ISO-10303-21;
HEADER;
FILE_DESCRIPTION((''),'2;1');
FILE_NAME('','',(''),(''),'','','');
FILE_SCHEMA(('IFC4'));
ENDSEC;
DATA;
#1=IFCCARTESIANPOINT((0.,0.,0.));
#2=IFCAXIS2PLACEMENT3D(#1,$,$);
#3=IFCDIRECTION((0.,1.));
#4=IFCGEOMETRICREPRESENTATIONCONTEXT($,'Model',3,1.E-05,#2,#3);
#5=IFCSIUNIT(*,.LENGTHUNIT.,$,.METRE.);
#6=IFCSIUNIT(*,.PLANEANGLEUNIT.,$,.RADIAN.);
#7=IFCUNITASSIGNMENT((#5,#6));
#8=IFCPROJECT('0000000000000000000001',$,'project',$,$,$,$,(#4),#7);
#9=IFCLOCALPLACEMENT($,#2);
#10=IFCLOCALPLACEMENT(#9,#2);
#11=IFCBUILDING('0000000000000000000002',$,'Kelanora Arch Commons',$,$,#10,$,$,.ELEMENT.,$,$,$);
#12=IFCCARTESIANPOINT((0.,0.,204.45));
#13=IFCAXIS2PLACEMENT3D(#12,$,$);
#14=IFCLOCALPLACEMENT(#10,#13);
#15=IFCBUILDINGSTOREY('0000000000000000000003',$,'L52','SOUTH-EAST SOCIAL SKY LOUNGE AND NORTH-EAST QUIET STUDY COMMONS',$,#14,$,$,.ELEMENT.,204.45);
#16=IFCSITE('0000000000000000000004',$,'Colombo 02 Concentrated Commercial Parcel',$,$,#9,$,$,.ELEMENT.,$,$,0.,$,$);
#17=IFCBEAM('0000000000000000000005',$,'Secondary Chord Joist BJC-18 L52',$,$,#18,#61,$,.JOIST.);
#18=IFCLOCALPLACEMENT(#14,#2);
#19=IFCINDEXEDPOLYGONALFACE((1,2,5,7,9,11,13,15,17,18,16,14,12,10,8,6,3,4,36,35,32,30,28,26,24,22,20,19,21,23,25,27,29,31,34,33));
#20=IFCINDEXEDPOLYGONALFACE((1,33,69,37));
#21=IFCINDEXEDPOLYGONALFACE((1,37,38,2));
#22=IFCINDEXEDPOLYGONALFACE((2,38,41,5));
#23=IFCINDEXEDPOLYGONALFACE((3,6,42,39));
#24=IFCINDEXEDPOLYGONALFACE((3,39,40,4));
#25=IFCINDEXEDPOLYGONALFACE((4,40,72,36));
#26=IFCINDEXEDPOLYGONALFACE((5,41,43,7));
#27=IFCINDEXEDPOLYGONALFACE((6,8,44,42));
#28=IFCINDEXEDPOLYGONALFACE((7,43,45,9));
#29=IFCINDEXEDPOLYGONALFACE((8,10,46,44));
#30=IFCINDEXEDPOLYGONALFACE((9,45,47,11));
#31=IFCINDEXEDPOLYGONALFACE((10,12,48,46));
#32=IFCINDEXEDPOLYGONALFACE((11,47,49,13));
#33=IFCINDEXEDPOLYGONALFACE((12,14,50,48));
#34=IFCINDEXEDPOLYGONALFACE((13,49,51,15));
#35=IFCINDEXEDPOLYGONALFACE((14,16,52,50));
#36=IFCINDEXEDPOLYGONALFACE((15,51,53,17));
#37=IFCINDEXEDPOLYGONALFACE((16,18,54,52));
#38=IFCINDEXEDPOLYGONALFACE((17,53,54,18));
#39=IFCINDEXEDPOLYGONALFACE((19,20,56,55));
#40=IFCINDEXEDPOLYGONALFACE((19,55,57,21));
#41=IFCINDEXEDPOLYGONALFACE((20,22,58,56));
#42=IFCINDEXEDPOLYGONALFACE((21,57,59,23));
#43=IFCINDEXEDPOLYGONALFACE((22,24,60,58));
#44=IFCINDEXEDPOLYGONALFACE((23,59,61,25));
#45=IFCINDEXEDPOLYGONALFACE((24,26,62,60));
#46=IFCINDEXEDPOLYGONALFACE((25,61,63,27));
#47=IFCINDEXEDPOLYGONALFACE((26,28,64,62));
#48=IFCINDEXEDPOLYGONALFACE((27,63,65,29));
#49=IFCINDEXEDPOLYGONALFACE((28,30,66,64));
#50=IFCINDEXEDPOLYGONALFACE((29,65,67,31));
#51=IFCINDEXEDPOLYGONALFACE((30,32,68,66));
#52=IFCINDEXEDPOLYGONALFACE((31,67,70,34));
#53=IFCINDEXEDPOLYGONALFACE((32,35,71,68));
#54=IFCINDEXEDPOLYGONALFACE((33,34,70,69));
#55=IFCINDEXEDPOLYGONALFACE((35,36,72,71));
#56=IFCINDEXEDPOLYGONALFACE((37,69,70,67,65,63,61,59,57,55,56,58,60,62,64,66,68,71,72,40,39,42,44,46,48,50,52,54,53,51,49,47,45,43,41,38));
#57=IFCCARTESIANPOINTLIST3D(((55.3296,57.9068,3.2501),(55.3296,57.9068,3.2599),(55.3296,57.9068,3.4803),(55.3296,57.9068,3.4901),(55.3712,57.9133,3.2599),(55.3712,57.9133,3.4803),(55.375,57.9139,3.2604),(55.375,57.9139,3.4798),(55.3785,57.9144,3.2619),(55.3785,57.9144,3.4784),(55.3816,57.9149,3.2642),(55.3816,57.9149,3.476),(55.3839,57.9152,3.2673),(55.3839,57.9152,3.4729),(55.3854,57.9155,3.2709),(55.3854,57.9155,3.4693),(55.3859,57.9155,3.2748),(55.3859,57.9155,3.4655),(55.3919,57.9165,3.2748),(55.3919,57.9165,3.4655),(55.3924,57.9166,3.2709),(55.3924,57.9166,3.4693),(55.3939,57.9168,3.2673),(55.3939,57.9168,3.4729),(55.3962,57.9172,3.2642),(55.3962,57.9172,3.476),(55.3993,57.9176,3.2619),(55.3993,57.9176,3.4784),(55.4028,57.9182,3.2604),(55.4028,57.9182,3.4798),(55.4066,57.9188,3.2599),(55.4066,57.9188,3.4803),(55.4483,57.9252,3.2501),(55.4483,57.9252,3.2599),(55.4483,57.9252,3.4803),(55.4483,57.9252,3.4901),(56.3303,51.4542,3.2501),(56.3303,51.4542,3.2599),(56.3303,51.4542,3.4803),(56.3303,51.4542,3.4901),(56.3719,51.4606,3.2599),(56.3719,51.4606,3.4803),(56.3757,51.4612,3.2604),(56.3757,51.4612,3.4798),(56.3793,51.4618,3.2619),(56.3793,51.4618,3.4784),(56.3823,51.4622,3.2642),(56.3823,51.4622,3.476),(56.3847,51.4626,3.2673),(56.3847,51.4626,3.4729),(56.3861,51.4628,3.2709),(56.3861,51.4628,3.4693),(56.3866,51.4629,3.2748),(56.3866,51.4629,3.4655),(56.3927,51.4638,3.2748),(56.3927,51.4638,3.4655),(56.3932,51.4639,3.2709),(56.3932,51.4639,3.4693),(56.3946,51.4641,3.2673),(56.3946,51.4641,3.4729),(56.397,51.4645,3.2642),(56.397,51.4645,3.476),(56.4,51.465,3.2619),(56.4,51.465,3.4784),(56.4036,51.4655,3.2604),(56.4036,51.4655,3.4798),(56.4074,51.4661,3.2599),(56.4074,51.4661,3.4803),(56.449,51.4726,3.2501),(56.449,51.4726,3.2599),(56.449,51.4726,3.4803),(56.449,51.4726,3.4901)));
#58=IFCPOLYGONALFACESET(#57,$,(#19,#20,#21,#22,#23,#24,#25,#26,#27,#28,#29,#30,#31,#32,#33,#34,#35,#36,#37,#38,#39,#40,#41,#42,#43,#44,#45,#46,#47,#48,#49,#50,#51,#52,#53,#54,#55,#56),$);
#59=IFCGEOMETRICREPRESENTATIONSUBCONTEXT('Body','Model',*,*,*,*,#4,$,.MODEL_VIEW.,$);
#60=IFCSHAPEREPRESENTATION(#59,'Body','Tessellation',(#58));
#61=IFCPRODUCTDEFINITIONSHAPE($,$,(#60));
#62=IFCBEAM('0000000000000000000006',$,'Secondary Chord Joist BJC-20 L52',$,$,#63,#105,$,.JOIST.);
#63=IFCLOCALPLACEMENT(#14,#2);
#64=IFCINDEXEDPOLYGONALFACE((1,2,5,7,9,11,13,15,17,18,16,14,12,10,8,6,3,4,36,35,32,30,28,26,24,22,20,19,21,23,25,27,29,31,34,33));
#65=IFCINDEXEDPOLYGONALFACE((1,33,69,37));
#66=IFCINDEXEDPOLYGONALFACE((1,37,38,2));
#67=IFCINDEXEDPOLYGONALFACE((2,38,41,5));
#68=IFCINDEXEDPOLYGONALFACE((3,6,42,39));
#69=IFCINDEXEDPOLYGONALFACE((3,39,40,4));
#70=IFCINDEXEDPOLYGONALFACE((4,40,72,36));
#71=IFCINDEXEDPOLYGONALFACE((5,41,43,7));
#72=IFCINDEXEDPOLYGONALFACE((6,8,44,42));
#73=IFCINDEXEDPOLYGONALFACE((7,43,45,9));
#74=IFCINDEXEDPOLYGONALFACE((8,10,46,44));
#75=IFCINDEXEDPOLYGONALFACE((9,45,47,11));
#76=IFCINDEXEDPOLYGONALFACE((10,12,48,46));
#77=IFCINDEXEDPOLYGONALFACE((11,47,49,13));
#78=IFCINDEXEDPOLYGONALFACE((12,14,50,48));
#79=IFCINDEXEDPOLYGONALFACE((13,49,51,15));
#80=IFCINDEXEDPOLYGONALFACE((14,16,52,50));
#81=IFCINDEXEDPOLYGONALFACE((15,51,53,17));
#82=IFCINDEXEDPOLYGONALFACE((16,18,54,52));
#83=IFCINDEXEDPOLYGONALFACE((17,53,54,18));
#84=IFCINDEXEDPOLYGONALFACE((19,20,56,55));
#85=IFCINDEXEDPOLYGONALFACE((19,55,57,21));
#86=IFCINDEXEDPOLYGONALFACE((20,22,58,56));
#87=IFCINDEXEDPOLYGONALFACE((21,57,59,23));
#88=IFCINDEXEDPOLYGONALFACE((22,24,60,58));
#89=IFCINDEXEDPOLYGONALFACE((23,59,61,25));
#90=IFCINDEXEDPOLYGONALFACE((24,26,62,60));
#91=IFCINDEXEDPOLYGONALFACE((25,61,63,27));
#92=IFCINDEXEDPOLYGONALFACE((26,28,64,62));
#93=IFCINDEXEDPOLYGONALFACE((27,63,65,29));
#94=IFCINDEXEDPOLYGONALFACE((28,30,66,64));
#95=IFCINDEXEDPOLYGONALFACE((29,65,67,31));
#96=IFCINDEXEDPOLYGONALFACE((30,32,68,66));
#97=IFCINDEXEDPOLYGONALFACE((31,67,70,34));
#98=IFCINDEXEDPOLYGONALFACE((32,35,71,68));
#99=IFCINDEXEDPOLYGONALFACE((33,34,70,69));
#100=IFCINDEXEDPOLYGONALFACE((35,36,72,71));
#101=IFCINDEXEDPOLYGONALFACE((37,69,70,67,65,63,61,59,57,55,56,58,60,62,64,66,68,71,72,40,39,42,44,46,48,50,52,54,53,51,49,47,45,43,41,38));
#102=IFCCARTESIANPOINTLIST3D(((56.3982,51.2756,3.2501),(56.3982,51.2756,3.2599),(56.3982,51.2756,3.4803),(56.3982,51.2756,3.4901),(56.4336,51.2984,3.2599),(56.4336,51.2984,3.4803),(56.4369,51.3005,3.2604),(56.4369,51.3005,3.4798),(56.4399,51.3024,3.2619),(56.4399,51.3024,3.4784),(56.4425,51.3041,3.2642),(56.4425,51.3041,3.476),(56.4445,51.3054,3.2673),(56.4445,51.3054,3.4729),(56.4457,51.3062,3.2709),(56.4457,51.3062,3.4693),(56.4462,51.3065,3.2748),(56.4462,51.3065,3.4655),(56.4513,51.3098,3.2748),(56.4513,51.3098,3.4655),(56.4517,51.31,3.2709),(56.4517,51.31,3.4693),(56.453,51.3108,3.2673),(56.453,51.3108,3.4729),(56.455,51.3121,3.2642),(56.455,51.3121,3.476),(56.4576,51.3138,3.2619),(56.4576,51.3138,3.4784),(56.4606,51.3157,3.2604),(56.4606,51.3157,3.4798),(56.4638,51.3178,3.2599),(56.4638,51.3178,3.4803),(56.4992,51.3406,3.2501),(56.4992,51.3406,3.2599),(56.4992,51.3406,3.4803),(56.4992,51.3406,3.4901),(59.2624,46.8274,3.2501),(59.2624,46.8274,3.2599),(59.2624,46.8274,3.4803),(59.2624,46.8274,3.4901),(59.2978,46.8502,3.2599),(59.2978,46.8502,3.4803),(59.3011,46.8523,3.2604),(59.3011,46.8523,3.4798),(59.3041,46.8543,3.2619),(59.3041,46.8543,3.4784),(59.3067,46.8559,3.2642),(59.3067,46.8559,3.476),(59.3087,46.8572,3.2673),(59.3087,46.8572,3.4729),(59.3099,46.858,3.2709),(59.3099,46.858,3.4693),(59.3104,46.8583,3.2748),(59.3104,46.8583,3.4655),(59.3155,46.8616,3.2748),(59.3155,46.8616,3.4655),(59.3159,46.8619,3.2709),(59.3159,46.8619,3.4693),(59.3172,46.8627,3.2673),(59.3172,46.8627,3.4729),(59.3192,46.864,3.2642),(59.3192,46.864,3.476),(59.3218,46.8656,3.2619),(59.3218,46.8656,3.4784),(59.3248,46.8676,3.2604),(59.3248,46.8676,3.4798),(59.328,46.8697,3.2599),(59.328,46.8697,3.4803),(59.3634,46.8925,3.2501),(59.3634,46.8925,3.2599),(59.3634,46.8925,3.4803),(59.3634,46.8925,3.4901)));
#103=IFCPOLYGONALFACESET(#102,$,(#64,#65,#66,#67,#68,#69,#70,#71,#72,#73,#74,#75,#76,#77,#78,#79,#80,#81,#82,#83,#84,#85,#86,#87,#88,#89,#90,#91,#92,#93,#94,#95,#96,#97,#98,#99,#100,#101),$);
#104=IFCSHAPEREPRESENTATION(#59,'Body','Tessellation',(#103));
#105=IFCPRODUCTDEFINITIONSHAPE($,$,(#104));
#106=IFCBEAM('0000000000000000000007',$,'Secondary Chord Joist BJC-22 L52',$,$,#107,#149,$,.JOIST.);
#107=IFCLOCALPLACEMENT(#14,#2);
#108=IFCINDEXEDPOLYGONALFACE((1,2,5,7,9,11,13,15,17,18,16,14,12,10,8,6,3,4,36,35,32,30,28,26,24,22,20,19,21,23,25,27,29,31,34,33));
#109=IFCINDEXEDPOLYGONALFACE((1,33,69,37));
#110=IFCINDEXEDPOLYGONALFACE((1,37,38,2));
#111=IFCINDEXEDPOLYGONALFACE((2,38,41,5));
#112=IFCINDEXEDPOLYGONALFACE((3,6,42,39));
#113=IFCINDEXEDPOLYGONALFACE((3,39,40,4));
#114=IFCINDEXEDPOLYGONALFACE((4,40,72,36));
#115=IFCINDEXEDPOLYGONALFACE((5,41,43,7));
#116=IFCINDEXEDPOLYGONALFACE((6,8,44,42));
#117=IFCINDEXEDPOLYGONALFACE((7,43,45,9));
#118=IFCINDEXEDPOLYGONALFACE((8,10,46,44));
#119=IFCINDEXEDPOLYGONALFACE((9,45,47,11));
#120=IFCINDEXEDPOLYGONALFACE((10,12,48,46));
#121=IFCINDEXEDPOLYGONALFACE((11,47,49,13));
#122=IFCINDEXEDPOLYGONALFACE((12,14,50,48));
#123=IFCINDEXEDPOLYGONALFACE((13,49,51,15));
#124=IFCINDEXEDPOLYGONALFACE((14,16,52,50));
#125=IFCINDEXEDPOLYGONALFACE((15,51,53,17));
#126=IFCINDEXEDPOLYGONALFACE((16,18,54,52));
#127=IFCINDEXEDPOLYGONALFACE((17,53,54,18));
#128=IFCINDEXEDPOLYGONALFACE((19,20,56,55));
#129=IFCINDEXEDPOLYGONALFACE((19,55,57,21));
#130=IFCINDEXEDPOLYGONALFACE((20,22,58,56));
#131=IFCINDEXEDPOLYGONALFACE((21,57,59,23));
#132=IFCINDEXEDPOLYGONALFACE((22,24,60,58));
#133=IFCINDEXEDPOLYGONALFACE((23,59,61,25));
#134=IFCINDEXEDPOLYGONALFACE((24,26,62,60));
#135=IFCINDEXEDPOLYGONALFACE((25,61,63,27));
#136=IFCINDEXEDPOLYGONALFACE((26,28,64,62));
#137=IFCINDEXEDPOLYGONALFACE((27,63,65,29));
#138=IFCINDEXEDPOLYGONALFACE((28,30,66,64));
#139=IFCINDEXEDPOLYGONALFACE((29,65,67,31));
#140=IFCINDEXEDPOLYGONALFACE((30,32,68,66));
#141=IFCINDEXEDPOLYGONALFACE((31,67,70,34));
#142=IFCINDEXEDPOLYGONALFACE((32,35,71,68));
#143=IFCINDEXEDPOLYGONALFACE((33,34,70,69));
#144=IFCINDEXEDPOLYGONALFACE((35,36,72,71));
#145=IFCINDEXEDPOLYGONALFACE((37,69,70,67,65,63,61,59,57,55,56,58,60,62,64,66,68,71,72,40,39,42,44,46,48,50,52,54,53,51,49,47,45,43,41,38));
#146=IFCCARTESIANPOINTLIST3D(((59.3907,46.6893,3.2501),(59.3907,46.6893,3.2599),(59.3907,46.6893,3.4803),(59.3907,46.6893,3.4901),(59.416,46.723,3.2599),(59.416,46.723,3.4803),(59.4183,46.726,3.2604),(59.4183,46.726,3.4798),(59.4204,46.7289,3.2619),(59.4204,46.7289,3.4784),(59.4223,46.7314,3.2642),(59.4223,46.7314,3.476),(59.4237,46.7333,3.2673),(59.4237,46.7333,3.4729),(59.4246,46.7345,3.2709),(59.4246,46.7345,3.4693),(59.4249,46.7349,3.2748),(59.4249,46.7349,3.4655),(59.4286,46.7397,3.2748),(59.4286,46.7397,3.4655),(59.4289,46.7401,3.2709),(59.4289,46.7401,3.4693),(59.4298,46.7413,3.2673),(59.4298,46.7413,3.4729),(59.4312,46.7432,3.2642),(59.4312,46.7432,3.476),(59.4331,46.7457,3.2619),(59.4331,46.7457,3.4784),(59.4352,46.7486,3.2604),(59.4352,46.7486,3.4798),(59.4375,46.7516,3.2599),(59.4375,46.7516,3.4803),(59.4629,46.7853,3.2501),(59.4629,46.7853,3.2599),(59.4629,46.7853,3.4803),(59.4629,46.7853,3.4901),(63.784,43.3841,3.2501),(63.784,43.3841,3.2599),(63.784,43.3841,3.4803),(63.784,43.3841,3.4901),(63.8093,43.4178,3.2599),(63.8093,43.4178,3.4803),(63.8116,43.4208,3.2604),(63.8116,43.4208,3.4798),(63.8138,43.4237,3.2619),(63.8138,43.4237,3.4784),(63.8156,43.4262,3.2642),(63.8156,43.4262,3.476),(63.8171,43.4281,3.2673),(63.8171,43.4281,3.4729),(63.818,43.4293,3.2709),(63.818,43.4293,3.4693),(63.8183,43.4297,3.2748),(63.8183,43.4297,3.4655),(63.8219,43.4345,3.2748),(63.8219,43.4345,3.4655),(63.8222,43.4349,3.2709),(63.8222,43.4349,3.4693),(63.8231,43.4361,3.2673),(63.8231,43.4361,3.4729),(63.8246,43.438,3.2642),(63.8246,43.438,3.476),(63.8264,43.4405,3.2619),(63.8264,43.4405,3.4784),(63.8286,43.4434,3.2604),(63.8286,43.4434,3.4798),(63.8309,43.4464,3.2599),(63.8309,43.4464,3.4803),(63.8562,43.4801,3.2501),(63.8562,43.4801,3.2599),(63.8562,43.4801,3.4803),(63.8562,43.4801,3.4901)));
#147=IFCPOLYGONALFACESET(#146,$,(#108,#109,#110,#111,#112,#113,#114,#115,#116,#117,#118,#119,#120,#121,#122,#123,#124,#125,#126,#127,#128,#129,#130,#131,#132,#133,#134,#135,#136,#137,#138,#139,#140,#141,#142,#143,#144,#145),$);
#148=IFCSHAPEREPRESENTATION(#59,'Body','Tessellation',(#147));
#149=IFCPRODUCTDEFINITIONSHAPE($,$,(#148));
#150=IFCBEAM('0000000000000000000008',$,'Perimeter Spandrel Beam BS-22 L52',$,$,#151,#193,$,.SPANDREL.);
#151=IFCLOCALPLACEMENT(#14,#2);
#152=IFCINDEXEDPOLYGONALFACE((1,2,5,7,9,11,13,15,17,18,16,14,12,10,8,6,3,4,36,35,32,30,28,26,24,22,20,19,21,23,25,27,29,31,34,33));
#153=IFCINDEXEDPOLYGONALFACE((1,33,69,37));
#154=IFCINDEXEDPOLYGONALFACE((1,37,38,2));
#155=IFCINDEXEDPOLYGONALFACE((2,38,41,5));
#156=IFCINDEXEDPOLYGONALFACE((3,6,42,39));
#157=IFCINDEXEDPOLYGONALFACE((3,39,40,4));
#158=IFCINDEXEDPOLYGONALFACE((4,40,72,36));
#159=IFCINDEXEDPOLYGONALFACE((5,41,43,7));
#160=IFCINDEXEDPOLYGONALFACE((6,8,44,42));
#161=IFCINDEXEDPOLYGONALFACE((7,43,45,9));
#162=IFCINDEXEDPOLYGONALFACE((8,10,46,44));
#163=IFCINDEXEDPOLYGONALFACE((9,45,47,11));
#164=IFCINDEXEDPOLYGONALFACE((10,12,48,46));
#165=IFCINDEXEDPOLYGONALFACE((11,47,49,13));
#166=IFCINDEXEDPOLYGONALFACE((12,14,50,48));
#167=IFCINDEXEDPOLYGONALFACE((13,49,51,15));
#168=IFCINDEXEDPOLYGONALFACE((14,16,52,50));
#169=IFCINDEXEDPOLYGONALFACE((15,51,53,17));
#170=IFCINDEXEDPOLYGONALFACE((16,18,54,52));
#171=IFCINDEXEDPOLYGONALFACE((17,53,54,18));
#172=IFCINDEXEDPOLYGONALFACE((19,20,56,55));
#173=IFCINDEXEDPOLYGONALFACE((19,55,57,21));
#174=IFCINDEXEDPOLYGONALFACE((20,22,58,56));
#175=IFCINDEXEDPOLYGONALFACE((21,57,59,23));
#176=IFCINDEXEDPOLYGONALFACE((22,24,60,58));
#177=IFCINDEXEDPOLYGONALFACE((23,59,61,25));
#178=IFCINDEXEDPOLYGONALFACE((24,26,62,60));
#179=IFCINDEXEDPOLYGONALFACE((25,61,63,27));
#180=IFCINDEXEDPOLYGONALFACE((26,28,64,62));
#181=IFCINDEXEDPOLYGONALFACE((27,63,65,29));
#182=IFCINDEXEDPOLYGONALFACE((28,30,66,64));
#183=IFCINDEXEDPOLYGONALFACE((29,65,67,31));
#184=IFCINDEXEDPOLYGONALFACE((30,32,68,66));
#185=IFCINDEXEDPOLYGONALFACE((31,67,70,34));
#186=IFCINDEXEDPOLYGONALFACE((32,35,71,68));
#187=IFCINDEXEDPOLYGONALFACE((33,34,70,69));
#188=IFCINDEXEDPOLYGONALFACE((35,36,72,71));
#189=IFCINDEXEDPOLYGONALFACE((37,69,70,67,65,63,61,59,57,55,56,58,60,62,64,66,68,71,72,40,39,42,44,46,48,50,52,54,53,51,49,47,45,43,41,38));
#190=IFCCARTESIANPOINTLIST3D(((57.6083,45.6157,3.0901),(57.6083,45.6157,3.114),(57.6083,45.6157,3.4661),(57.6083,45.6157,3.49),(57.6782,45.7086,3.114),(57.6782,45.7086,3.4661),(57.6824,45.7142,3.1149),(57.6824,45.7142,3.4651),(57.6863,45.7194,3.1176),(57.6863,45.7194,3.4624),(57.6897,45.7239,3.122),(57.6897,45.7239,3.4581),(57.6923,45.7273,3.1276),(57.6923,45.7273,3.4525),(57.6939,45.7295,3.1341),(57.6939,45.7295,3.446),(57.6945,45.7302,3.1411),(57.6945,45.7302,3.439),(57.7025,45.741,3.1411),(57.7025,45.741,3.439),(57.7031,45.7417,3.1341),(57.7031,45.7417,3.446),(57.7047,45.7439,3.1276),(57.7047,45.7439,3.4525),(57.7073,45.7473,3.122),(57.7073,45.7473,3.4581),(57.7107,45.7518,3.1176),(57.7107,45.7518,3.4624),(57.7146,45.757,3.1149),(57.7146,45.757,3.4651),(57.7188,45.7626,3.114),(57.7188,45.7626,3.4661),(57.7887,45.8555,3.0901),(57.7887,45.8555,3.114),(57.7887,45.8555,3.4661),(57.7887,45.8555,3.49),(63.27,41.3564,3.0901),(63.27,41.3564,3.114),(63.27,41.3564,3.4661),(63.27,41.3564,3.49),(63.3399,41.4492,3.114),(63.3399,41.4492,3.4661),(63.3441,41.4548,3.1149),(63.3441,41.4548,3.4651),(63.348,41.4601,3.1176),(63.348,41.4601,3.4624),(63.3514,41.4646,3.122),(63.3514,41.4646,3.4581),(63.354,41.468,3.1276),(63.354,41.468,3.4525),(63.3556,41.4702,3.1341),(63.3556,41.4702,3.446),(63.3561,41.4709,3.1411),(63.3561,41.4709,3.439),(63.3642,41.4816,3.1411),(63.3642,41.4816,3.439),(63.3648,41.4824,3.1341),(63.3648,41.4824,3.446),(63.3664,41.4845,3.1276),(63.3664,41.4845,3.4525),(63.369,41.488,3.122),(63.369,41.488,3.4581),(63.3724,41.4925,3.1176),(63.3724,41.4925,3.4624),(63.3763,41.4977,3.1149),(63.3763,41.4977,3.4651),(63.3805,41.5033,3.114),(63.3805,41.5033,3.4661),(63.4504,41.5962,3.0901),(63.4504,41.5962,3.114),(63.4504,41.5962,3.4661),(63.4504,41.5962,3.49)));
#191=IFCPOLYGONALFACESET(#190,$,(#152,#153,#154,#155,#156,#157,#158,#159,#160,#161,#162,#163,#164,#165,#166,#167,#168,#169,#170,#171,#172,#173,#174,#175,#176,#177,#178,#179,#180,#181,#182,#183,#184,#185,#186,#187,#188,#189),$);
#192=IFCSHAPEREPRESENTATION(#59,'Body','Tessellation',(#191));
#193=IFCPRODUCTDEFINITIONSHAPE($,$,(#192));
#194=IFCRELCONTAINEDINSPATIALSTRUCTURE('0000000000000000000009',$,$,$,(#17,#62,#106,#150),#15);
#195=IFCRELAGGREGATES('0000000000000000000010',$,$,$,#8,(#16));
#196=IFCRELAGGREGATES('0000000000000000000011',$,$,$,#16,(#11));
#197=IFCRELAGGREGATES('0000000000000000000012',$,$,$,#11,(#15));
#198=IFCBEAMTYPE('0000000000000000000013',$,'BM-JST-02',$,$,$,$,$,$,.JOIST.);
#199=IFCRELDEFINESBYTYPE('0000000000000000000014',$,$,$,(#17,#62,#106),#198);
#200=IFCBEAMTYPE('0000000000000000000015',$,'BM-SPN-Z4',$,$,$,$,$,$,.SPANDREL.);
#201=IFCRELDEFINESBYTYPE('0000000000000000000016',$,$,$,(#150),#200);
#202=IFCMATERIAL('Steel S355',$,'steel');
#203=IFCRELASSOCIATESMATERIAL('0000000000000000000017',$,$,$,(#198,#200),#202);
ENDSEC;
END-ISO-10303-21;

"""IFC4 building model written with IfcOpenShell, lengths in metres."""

from ifc_helpers import new_model, si_unit, direction, frame, origin, origin_2d, place, context, subcontext, project, spatial, i_section, extrude, material, material_profile, profile_set, type_object, element, save


model = new_model("IFC4")

# Units and contexts
model_context = context("Model", 3, precision=1e-05, world=origin(), true_north=direction((0.0, 1.0)))
body_context = subcontext(model_context, "Body", "Model", "MODEL_VIEW")
ifc_project = project(units=[si_unit("LENGTHUNIT", "METRE"), si_unit("PLANEANGLEUNIT", "RADIAN")], contexts=[model_context])

# Site, building, storey
site_placement = place(None, origin())
site = spatial("IfcSite", under=ifc_project, at=site_placement, Name="Colombo 02 Concentrated Commercial Parcel", CompositionType="ELEMENT", RefElevation=0.0)
building_placement = place(site_placement, origin())
building = spatial("IfcBuilding", under=site, at=building_placement, Name="Kelanora Arch Commons", CompositionType="ELEMENT")
storey_placement = place(building_placement, frame((0.0, 0.0, 204.45)))
storey = spatial("IfcBuildingStorey", under=building, at=storey_placement, Name="L52", Description="SOUTH-EAST SOCIAL SKY LOUNGE AND NORTH-EAST QUIET STUDY COMMONS", CompositionType="ELEMENT", Elevation=204.45)

# Beams
ifc_material_1 = material(Name="Steel S355", Category="steel")
ifc_material_profile_1 = material_profile(ifc_material_1, i_section(OverallWidth=0.1201, OverallDepth=0.24, WebThickness=0.0061, FlangeThickness=0.0098, FilletRadius=0.0149, at=origin_2d()), Name="IPE240")
ifc_profile_set_1 = profile_set([ifc_material_profile_1], Name="Steel S355")
beam_type_1 = type_object("IfcBeamType", Name="BM-JST-02", PredefinedType="JOIST", material=ifc_profile_set_1)
beam_1_placement = place(storey_placement, frame((55.3889, 57.916, 3.3701), z_axis=(0.153257, -0.988186, 0.0), x_axis=(0.988186, 0.153257, 0.0)))
element("IfcBeam", 1, at=beam_1_placement, inside=storey, type_object=beam_type_1, Name="Secondary Chord Joist BJC-18 L52", PredefinedType="JOIST", context=body_context, shape_type="SweptSolid", body=[
    extrude(i_section(OverallWidth=0.1201, OverallDepth=0.24, WebThickness=0.0061, FlangeThickness=0.0098, FilletRadius=0.0149, at=origin_2d()), origin(), (0.0, 0.0, 1.0), 6.5298),
])
beam_2_placement = place(storey_placement, frame((56.4487, 51.3081, 3.3701), z_axis=(0.541382, -0.840776, 0.0), x_axis=(0.840776, 0.541382, 0.0)))
element("IfcBeam", 2, at=beam_2_placement, inside=storey, type_object=beam_type_1, Name="Secondary Chord Joist BJC-20 L52", PredefinedType="JOIST", context=body_context, shape_type="SweptSolid", body=[
    extrude(i_section(OverallWidth=0.1201, OverallDepth=0.24, WebThickness=0.0061, FlangeThickness=0.0098, FilletRadius=0.0149, at=origin_2d()), origin(), (0.0, 0.0, 1.0), 5.2905),
])
beam_3_placement = place(storey_placement, frame((59.4268, 46.7373, 3.3701), z_axis=(0.799109, -0.601186, 0.0), x_axis=(0.601186, 0.799109, 0.0)))
element("IfcBeam", 3, at=beam_3_placement, inside=storey, type_object=beam_type_1, Name="Secondary Chord Joist BJC-22 L52", PredefinedType="JOIST", context=body_context, shape_type="SweptSolid", body=[
    extrude(i_section(OverallWidth=0.1201, OverallDepth=0.24, WebThickness=0.0061, FlangeThickness=0.0098, FilletRadius=0.0149, at=origin_2d()), origin(), (0.0, 0.0, 1.0), 5.4978),
])
ifc_material_profile_2 = material_profile(ifc_material_1, i_section(OverallWidth=0.3, OverallDepth=0.3999, WebThickness=0.0134, FlangeThickness=0.0239, FilletRadius=0.0271, at=origin_2d()), Name="HEB400")
ifc_profile_set_2 = profile_set([ifc_material_profile_2], Name="Steel S355")
beam_type_2 = type_object("IfcBeamType", Name="BM-SPN-Z4", PredefinedType="SPANDREL", material=ifc_profile_set_2)
beam_4_placement = place(storey_placement, frame((57.6985, 45.7356, 3.29), z_axis=(0.799114, -0.601179, 0.0), x_axis=(0.601179, 0.799114, 0.0)))
element("IfcBeam", 4, at=beam_4_placement, inside=storey, type_object=beam_type_2, Name="Perimeter Spandrel Beam BS-22 L52", PredefinedType="SPANDREL", context=body_context, shape_type="SweptSolid", body=[
    extrude(i_section(OverallWidth=0.3, OverallDepth=0.3999, WebThickness=0.0134, FlangeThickness=0.0239, FilletRadius=0.0271, at=origin_2d()), origin(), (0.0, 0.0, 1.0), 7.085),
])

save(model, "model.ifc")
